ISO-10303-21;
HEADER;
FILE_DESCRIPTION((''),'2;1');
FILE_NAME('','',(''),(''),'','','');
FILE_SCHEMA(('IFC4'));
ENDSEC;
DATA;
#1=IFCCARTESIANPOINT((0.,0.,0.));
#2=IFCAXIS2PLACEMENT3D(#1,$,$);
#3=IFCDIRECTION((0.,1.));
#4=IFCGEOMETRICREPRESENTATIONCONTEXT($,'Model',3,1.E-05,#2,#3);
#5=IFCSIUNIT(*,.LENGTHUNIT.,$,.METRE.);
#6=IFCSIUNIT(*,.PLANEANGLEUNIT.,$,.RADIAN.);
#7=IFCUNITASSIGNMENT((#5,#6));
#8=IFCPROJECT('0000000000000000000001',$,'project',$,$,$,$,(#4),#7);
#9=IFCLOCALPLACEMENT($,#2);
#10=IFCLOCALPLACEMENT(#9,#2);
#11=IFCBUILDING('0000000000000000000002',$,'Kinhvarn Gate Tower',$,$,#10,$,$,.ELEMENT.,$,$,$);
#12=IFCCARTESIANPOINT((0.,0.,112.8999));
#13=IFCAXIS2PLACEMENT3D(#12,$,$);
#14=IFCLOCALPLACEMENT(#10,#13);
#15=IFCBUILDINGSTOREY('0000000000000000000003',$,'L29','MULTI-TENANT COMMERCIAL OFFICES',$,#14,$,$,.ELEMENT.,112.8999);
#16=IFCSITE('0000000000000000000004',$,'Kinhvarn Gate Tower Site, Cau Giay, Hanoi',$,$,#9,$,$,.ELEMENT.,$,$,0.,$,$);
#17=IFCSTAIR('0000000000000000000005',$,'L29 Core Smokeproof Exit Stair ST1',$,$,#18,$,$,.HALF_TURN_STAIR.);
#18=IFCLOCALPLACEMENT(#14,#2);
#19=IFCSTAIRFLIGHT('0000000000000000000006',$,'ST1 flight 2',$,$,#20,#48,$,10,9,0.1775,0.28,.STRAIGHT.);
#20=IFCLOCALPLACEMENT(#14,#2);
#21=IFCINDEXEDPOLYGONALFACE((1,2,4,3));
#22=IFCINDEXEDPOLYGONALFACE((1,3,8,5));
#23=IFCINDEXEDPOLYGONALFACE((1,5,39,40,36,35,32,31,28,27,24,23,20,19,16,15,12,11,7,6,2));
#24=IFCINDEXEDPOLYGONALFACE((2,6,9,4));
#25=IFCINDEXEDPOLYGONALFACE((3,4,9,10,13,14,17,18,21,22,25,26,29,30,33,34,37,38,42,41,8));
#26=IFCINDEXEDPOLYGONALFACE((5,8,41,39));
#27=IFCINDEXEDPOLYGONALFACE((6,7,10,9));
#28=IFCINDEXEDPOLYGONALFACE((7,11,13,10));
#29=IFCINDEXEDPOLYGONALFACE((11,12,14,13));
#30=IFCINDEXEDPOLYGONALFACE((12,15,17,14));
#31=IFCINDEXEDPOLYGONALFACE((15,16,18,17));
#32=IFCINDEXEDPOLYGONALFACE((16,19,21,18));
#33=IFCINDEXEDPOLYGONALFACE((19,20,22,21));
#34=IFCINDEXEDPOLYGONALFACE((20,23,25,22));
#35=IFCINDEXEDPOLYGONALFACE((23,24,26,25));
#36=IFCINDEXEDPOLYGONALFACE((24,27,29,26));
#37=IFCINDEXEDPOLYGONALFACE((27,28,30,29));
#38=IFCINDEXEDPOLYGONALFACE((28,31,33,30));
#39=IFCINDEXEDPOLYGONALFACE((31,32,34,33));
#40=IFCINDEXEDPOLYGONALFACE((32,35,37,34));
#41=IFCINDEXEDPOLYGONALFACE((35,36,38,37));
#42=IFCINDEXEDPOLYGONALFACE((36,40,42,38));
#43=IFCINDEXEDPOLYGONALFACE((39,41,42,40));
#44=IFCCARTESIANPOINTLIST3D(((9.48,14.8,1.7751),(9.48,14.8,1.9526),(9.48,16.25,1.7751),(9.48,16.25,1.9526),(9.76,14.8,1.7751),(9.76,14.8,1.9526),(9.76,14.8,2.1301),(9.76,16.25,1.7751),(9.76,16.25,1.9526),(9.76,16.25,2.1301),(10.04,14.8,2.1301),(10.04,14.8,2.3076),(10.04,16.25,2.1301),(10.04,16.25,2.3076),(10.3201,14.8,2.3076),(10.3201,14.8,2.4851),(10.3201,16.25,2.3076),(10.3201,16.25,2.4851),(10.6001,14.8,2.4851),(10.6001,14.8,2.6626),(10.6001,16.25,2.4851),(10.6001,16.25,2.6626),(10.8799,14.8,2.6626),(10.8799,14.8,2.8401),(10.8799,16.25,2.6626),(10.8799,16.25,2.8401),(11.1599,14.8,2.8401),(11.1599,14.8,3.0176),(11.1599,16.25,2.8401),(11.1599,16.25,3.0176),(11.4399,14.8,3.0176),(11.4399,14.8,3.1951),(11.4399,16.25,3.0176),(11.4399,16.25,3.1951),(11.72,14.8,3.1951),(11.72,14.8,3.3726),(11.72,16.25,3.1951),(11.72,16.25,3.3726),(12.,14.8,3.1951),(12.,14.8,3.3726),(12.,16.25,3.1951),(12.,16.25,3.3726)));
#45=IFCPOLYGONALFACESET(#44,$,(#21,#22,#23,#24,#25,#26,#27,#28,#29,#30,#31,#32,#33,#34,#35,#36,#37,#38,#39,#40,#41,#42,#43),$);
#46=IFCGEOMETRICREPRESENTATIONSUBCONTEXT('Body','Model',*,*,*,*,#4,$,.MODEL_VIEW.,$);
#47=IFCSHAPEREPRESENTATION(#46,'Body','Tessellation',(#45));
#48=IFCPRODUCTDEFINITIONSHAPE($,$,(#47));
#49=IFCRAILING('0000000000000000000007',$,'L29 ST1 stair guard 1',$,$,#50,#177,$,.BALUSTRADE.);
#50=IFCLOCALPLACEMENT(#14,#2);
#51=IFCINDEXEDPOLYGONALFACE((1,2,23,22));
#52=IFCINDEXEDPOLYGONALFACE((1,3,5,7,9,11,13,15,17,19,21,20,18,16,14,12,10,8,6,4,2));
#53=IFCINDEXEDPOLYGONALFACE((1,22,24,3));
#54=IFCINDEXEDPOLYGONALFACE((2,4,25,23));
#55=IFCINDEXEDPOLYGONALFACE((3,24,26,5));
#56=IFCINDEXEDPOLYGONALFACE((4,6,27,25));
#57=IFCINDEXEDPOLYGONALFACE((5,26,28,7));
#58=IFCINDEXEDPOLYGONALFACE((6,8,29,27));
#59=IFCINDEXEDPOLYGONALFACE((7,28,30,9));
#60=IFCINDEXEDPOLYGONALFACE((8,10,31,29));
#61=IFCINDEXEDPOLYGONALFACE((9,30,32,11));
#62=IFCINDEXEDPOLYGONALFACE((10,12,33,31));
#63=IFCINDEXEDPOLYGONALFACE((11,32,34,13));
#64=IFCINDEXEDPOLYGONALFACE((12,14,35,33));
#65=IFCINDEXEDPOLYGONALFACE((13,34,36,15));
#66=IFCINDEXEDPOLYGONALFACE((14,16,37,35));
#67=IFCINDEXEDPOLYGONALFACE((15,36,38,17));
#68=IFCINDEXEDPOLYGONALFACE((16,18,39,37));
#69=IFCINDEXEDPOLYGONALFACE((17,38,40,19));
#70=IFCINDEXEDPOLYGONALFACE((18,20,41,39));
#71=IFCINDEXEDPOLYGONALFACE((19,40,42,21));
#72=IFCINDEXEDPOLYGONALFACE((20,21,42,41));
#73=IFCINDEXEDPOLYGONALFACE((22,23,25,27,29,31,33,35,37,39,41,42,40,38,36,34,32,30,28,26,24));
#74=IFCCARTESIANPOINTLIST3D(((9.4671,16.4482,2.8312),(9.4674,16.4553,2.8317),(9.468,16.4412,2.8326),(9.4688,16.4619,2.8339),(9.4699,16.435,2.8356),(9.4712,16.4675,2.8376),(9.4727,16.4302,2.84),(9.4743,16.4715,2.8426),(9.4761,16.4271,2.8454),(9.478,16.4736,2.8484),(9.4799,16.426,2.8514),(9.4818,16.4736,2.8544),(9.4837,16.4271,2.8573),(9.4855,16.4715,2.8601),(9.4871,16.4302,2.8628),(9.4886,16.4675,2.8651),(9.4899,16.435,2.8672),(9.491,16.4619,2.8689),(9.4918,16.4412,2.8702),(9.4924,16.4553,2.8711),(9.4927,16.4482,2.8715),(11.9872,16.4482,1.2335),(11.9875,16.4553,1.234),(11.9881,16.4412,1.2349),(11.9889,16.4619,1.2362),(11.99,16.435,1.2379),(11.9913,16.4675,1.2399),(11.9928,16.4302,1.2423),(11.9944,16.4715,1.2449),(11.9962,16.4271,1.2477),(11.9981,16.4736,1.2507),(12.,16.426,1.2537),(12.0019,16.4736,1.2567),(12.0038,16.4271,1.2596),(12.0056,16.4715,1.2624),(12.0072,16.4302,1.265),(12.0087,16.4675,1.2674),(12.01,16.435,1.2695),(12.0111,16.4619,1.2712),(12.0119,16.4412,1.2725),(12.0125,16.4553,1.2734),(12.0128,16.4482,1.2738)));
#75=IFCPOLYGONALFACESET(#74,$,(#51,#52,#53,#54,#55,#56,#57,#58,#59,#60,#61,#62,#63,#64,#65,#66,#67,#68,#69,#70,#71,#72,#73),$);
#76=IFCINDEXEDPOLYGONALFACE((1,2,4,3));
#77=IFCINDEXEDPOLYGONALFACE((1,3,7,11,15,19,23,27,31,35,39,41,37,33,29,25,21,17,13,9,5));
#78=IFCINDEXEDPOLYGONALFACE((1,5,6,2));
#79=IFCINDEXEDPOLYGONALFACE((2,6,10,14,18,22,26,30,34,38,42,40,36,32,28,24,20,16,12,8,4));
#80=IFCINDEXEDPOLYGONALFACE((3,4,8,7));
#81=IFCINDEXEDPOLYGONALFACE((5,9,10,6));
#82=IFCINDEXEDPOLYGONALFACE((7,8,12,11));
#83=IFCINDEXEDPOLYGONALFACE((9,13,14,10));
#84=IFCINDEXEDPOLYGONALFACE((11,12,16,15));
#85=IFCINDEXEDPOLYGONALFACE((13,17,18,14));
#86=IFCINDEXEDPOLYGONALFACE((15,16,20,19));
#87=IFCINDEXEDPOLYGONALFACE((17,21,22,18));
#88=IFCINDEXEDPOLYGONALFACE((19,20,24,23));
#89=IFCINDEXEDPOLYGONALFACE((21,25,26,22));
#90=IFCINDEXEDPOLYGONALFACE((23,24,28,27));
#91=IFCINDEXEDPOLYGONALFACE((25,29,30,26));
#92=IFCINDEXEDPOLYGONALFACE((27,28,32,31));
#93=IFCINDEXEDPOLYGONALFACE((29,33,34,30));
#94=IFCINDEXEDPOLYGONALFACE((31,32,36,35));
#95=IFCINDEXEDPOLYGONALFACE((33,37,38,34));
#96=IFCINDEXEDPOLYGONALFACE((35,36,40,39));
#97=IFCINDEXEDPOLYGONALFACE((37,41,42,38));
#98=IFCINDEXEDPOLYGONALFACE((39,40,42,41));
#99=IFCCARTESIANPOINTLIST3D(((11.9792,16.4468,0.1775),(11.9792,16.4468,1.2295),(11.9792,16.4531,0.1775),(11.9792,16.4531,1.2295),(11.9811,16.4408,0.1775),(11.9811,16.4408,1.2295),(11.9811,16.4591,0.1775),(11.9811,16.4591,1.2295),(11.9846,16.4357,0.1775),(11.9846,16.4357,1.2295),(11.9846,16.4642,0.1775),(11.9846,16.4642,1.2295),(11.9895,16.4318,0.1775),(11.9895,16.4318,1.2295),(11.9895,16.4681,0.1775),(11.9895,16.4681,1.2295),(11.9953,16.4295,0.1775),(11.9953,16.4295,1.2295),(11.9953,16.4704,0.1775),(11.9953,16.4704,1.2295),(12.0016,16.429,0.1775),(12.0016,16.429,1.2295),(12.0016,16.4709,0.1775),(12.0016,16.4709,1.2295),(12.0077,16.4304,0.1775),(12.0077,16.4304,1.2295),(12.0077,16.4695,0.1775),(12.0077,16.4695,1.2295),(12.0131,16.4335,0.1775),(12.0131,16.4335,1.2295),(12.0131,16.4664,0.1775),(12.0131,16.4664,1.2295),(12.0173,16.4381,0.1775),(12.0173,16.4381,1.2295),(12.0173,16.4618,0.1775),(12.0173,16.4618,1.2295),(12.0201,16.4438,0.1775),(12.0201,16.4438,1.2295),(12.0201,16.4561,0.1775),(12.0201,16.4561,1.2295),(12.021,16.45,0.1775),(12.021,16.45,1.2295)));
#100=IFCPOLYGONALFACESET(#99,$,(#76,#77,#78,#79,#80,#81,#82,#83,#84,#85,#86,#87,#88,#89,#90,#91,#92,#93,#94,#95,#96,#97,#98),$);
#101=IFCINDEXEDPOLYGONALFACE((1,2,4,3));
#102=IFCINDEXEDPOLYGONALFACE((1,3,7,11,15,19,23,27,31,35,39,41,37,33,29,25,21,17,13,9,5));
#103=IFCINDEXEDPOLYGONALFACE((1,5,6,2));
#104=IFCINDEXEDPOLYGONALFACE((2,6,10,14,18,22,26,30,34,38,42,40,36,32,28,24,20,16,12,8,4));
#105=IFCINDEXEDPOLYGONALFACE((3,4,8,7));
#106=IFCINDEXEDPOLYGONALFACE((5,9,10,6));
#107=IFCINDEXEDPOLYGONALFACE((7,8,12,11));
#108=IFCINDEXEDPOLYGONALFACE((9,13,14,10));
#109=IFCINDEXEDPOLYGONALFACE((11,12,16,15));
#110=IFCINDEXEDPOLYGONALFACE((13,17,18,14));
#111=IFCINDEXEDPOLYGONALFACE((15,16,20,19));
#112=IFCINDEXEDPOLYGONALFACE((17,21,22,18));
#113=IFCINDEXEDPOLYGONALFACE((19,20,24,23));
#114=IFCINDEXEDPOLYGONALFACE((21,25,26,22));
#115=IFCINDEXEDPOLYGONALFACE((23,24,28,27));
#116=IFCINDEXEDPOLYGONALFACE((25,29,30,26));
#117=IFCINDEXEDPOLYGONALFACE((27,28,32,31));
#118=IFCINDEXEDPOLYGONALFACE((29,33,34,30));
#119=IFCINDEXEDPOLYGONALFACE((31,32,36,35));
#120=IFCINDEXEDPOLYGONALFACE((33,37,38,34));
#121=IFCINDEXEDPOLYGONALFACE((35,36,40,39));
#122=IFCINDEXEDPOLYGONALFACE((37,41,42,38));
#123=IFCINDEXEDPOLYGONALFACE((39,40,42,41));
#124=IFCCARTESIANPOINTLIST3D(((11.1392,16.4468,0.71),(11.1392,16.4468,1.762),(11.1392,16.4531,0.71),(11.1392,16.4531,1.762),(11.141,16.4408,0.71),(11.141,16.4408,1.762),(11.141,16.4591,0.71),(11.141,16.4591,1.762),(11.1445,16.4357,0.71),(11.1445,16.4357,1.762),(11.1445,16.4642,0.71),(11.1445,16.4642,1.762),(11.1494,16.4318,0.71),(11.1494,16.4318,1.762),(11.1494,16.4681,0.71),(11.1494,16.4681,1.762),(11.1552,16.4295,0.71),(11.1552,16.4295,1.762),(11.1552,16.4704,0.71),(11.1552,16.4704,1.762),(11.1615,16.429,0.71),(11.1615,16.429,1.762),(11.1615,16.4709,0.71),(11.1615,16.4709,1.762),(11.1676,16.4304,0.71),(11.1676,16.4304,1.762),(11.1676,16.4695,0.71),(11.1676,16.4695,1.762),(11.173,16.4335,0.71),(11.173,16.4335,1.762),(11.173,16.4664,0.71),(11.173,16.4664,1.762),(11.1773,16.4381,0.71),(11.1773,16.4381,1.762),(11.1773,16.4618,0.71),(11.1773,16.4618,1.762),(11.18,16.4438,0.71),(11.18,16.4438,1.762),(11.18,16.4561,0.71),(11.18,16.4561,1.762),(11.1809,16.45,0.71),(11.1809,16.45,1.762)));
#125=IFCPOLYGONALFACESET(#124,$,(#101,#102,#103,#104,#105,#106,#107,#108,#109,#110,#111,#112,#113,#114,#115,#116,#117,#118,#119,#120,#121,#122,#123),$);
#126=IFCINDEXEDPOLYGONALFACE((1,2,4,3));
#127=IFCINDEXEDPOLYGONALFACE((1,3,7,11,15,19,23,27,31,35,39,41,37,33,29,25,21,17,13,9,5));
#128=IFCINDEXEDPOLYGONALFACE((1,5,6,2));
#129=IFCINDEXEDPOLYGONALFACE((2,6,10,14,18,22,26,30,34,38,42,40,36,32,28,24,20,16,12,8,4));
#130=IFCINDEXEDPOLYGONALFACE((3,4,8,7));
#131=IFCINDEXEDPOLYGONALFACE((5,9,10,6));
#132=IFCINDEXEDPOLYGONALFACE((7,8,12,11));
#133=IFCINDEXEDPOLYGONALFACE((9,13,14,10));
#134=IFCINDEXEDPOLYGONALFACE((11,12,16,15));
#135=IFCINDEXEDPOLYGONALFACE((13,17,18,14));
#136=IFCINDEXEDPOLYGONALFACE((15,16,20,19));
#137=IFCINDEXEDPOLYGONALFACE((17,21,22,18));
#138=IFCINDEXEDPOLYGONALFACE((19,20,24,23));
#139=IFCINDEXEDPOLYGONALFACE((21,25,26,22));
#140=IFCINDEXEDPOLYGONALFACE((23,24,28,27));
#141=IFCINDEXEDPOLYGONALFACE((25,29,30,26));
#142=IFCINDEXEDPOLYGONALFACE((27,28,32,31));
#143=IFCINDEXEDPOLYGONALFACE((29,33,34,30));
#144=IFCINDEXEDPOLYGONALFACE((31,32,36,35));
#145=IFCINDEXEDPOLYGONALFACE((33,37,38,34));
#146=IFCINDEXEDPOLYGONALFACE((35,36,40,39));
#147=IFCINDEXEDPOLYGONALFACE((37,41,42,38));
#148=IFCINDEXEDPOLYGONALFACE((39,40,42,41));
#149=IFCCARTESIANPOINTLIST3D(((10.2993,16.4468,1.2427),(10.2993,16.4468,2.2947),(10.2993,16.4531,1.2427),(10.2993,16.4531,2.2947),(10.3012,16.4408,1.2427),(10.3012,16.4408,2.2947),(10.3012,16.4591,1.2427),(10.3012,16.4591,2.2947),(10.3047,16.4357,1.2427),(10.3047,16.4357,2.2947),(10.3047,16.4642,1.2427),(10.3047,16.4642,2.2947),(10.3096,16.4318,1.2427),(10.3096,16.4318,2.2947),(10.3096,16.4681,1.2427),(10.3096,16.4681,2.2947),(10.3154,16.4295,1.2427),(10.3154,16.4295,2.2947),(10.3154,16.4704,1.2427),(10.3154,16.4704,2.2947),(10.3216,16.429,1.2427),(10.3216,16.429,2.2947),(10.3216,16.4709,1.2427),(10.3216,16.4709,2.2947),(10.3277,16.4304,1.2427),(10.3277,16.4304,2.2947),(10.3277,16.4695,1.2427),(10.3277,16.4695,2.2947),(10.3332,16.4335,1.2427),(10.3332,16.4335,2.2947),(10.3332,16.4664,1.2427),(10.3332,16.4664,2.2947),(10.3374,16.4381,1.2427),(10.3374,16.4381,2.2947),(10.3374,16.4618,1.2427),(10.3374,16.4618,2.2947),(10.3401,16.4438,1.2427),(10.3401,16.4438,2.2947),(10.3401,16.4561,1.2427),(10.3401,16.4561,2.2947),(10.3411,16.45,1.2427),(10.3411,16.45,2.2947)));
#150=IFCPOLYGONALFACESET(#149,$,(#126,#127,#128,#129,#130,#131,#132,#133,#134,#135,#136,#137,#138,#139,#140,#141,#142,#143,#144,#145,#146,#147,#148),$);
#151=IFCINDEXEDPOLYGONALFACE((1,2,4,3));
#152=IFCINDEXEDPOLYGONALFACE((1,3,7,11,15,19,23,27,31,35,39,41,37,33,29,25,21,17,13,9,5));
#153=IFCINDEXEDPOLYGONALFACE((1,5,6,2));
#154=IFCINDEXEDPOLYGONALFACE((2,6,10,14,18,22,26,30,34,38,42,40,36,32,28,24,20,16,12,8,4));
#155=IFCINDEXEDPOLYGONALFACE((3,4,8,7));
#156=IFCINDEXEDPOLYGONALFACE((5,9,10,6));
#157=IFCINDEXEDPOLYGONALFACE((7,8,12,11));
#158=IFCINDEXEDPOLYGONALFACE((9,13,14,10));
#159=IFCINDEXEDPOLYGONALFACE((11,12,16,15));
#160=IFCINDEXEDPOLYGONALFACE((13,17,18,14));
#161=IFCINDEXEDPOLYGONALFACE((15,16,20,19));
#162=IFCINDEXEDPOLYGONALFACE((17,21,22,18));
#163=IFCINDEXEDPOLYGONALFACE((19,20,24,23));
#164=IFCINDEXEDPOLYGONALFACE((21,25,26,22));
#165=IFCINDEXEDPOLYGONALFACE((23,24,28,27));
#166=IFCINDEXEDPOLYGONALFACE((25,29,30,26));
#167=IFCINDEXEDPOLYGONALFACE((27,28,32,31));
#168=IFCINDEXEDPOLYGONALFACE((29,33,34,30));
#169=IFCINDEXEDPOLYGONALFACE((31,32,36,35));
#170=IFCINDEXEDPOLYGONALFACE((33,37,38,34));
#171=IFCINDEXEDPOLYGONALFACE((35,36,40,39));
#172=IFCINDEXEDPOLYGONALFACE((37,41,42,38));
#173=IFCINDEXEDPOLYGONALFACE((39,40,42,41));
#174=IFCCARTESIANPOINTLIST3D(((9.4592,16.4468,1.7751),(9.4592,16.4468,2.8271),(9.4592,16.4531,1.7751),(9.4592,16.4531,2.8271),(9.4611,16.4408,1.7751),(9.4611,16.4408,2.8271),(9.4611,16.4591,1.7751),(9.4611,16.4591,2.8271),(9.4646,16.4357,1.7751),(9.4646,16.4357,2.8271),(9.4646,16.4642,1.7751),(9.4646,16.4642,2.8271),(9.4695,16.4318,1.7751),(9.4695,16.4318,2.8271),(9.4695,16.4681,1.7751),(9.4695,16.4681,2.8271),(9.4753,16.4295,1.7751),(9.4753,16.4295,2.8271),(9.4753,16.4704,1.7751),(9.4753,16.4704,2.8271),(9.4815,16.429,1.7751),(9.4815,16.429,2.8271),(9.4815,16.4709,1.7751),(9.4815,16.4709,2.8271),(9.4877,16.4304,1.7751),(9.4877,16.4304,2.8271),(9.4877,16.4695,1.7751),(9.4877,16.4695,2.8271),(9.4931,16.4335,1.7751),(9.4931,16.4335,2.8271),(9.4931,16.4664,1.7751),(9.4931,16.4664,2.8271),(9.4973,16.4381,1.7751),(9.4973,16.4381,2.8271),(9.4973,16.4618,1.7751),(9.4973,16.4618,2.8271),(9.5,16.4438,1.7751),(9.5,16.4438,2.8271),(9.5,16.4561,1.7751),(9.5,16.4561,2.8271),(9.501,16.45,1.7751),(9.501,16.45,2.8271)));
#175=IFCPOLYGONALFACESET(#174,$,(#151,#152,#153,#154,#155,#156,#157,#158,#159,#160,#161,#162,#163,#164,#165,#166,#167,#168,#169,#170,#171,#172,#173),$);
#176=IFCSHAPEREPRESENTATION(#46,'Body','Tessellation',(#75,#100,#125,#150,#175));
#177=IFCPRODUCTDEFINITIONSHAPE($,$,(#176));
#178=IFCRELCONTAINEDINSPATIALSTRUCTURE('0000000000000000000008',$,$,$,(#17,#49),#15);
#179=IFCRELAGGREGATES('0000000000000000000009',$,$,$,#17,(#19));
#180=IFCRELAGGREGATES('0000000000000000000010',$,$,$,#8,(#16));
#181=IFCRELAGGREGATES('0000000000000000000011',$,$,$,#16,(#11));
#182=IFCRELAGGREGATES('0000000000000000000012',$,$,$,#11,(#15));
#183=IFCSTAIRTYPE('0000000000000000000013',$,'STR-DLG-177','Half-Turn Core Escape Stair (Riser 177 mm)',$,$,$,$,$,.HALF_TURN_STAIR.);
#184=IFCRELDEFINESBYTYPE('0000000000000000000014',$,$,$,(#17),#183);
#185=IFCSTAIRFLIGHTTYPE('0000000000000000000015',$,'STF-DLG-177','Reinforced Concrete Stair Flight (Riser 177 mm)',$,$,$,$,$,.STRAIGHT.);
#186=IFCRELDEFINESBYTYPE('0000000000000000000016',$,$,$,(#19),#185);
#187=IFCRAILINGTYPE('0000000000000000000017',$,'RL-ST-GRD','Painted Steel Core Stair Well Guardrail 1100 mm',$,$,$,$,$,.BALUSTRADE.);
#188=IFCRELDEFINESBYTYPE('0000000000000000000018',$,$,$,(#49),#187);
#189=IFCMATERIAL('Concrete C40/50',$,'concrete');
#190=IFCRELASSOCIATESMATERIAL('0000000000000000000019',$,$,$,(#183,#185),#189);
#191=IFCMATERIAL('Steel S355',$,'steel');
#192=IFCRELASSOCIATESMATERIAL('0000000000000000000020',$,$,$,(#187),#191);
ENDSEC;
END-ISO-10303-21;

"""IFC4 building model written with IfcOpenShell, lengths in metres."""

from ifc_helpers import new_model, si_unit, direction, frame, origin, origin_2d, place, context, subcontext, project, spatial, polyline, circle, outline, extrude, material, type_object, element, aggregate, save


model = new_model("IFC4")

# Units and contexts
model_context = context("Model", 3, precision=1e-05, world=origin(), true_north=direction((0.0, 1.0)))
body_context = subcontext(model_context, "Body", "Model", "MODEL_VIEW")
ifc_project = project(units=[si_unit("LENGTHUNIT", "METRE"), si_unit("PLANEANGLEUNIT", "RADIAN")], contexts=[model_context])

# Site, building, storey
site_placement = place(None, origin())
site = spatial("IfcSite", under=ifc_project, at=site_placement, Name="Kinhvarn Gate Tower Site, Cau Giay, Hanoi", CompositionType="ELEMENT", RefElevation=0.0)
building_placement = place(site_placement, origin())
building = spatial("IfcBuilding", under=site, at=building_placement, Name="Kinhvarn Gate Tower", CompositionType="ELEMENT")
storey_placement = place(building_placement, frame((0.0, 0.0, 112.8999)))
storey = spatial("IfcBuildingStorey", under=building, at=storey_placement, Name="L29", Description="MULTI-TENANT COMMERCIAL OFFICES", CompositionType="ELEMENT", Elevation=112.8999)

# Shared definitions
ifc_material_1 = material(Name="Steel S355", Category="steel")

# Shared definitions
ifc_material_2 = material(Name="Concrete C40/50", Category="concrete")

# Stair, stair flight
stair_type = type_object("IfcStairType", Name="STR-DLG-177", Description="Half-Turn Core Escape Stair (Riser 177 mm)", PredefinedType="HALF_TURN_STAIR", material=ifc_material_2)
stair_placement = place(storey_placement, origin())
stair = element("IfcStair", 1, at=stair_placement, inside=storey, type_object=stair_type, Name="L29 Core Smokeproof Exit Stair ST1", PredefinedType="HALF_TURN_STAIR")
stair_flight_type = type_object("IfcStairFlightType", Name="STF-DLG-177", Description="Reinforced Concrete Stair Flight (Riser 177 mm)", PredefinedType="STRAIGHT", material=ifc_material_2)
stair_flight_1_placement = place(storey_placement, frame((9.48, 15.5249, 1.7751), z_axis=(0.0, 0.0, 1.0), x_axis=(1.0, 0.0, 0.0)))
stair_flight_1 = element("IfcStairFlight", 2, at=stair_flight_1_placement, type_object=stair_flight_type, Name="ST1 flight 2", NumberOfRisers=10, NumberOfTreads=9, PredefinedType="STRAIGHT", RiserHeight=0.1775, TreadLength=0.28, context=body_context, shape_type="SweptSolid", body=[
    extrude(outline(polyline([(0.0, 0.0), (0.0, 0.1775), (0.28, 0.1775), (0.28, 0.355), (0.5601, 0.355), (0.5601, 0.5325), (0.8401, 0.5325), (0.8401, 0.71), (1.1201, 0.71), (1.1201, 0.8875), (1.3999, 0.8875), (1.3999, 1.0649), (1.6799, 1.0649), (1.6799, 1.2424), (1.96, 1.2424), (1.96, 1.4199), (2.24, 1.4199), (2.24, 1.5974), (2.52, 1.5974), (2.52, 1.7749), (2.52, 1.4199), (0.28, 0.0), (0.0, 0.0)])), frame((0.0, 0.7251, 0.0), z_axis=(0.0, -1.0, 0.0), x_axis=(1.0, 0.0, 0.0)), (0.0, 0.0, 1.0), 1.45),
])
aggregate(stair, [stair_flight_1])

# Railing
railing_type_1 = type_object("IfcRailingType", Name="RL-ST-GRD", Description="Painted Steel Core Stair Well Guardrail 1100 mm", PredefinedType="BALUSTRADE", material=ifc_material_1)
railing_1_placement = place(storey_placement, frame((12.0, 16.45, 0.1775)))
element("IfcRailing", 3, at=railing_1_placement, inside=storey, type_object=railing_type_1, Name="L29 ST1 stair guard 1", PredefinedType="BALUSTRADE", context=body_context, shape_type="SweptSolid", body=[
    extrude(circle(Radius=0.0239, at=origin_2d()), frame((0.0, 0.0, 1.0762), z_axis=(-0.84457, 0.0, 0.535445), x_axis=(0.0, -1.0, 0.0)), (0.0, 0.0, 1.0), 2.9839),
    extrude(circle(Radius=0.021, at=origin_2d()), origin(), (0.0, 0.0, 1.0), 1.052),
    extrude(circle(Radius=0.021, at=origin_2d()), frame((-0.8401, 0.0, 0.5325)), (0.0, 0.0, 1.0), 1.052),
    extrude(circle(Radius=0.021, at=origin_2d()), frame((-1.6799, 0.0, 1.0652)), (0.0, 0.0, 1.0), 1.052),
    extrude(circle(Radius=0.021, at=origin_2d()), frame((-2.52, 0.0, 1.5977)), (0.0, 0.0, 1.0), 1.052),
])

save(model, "model.ifc")
